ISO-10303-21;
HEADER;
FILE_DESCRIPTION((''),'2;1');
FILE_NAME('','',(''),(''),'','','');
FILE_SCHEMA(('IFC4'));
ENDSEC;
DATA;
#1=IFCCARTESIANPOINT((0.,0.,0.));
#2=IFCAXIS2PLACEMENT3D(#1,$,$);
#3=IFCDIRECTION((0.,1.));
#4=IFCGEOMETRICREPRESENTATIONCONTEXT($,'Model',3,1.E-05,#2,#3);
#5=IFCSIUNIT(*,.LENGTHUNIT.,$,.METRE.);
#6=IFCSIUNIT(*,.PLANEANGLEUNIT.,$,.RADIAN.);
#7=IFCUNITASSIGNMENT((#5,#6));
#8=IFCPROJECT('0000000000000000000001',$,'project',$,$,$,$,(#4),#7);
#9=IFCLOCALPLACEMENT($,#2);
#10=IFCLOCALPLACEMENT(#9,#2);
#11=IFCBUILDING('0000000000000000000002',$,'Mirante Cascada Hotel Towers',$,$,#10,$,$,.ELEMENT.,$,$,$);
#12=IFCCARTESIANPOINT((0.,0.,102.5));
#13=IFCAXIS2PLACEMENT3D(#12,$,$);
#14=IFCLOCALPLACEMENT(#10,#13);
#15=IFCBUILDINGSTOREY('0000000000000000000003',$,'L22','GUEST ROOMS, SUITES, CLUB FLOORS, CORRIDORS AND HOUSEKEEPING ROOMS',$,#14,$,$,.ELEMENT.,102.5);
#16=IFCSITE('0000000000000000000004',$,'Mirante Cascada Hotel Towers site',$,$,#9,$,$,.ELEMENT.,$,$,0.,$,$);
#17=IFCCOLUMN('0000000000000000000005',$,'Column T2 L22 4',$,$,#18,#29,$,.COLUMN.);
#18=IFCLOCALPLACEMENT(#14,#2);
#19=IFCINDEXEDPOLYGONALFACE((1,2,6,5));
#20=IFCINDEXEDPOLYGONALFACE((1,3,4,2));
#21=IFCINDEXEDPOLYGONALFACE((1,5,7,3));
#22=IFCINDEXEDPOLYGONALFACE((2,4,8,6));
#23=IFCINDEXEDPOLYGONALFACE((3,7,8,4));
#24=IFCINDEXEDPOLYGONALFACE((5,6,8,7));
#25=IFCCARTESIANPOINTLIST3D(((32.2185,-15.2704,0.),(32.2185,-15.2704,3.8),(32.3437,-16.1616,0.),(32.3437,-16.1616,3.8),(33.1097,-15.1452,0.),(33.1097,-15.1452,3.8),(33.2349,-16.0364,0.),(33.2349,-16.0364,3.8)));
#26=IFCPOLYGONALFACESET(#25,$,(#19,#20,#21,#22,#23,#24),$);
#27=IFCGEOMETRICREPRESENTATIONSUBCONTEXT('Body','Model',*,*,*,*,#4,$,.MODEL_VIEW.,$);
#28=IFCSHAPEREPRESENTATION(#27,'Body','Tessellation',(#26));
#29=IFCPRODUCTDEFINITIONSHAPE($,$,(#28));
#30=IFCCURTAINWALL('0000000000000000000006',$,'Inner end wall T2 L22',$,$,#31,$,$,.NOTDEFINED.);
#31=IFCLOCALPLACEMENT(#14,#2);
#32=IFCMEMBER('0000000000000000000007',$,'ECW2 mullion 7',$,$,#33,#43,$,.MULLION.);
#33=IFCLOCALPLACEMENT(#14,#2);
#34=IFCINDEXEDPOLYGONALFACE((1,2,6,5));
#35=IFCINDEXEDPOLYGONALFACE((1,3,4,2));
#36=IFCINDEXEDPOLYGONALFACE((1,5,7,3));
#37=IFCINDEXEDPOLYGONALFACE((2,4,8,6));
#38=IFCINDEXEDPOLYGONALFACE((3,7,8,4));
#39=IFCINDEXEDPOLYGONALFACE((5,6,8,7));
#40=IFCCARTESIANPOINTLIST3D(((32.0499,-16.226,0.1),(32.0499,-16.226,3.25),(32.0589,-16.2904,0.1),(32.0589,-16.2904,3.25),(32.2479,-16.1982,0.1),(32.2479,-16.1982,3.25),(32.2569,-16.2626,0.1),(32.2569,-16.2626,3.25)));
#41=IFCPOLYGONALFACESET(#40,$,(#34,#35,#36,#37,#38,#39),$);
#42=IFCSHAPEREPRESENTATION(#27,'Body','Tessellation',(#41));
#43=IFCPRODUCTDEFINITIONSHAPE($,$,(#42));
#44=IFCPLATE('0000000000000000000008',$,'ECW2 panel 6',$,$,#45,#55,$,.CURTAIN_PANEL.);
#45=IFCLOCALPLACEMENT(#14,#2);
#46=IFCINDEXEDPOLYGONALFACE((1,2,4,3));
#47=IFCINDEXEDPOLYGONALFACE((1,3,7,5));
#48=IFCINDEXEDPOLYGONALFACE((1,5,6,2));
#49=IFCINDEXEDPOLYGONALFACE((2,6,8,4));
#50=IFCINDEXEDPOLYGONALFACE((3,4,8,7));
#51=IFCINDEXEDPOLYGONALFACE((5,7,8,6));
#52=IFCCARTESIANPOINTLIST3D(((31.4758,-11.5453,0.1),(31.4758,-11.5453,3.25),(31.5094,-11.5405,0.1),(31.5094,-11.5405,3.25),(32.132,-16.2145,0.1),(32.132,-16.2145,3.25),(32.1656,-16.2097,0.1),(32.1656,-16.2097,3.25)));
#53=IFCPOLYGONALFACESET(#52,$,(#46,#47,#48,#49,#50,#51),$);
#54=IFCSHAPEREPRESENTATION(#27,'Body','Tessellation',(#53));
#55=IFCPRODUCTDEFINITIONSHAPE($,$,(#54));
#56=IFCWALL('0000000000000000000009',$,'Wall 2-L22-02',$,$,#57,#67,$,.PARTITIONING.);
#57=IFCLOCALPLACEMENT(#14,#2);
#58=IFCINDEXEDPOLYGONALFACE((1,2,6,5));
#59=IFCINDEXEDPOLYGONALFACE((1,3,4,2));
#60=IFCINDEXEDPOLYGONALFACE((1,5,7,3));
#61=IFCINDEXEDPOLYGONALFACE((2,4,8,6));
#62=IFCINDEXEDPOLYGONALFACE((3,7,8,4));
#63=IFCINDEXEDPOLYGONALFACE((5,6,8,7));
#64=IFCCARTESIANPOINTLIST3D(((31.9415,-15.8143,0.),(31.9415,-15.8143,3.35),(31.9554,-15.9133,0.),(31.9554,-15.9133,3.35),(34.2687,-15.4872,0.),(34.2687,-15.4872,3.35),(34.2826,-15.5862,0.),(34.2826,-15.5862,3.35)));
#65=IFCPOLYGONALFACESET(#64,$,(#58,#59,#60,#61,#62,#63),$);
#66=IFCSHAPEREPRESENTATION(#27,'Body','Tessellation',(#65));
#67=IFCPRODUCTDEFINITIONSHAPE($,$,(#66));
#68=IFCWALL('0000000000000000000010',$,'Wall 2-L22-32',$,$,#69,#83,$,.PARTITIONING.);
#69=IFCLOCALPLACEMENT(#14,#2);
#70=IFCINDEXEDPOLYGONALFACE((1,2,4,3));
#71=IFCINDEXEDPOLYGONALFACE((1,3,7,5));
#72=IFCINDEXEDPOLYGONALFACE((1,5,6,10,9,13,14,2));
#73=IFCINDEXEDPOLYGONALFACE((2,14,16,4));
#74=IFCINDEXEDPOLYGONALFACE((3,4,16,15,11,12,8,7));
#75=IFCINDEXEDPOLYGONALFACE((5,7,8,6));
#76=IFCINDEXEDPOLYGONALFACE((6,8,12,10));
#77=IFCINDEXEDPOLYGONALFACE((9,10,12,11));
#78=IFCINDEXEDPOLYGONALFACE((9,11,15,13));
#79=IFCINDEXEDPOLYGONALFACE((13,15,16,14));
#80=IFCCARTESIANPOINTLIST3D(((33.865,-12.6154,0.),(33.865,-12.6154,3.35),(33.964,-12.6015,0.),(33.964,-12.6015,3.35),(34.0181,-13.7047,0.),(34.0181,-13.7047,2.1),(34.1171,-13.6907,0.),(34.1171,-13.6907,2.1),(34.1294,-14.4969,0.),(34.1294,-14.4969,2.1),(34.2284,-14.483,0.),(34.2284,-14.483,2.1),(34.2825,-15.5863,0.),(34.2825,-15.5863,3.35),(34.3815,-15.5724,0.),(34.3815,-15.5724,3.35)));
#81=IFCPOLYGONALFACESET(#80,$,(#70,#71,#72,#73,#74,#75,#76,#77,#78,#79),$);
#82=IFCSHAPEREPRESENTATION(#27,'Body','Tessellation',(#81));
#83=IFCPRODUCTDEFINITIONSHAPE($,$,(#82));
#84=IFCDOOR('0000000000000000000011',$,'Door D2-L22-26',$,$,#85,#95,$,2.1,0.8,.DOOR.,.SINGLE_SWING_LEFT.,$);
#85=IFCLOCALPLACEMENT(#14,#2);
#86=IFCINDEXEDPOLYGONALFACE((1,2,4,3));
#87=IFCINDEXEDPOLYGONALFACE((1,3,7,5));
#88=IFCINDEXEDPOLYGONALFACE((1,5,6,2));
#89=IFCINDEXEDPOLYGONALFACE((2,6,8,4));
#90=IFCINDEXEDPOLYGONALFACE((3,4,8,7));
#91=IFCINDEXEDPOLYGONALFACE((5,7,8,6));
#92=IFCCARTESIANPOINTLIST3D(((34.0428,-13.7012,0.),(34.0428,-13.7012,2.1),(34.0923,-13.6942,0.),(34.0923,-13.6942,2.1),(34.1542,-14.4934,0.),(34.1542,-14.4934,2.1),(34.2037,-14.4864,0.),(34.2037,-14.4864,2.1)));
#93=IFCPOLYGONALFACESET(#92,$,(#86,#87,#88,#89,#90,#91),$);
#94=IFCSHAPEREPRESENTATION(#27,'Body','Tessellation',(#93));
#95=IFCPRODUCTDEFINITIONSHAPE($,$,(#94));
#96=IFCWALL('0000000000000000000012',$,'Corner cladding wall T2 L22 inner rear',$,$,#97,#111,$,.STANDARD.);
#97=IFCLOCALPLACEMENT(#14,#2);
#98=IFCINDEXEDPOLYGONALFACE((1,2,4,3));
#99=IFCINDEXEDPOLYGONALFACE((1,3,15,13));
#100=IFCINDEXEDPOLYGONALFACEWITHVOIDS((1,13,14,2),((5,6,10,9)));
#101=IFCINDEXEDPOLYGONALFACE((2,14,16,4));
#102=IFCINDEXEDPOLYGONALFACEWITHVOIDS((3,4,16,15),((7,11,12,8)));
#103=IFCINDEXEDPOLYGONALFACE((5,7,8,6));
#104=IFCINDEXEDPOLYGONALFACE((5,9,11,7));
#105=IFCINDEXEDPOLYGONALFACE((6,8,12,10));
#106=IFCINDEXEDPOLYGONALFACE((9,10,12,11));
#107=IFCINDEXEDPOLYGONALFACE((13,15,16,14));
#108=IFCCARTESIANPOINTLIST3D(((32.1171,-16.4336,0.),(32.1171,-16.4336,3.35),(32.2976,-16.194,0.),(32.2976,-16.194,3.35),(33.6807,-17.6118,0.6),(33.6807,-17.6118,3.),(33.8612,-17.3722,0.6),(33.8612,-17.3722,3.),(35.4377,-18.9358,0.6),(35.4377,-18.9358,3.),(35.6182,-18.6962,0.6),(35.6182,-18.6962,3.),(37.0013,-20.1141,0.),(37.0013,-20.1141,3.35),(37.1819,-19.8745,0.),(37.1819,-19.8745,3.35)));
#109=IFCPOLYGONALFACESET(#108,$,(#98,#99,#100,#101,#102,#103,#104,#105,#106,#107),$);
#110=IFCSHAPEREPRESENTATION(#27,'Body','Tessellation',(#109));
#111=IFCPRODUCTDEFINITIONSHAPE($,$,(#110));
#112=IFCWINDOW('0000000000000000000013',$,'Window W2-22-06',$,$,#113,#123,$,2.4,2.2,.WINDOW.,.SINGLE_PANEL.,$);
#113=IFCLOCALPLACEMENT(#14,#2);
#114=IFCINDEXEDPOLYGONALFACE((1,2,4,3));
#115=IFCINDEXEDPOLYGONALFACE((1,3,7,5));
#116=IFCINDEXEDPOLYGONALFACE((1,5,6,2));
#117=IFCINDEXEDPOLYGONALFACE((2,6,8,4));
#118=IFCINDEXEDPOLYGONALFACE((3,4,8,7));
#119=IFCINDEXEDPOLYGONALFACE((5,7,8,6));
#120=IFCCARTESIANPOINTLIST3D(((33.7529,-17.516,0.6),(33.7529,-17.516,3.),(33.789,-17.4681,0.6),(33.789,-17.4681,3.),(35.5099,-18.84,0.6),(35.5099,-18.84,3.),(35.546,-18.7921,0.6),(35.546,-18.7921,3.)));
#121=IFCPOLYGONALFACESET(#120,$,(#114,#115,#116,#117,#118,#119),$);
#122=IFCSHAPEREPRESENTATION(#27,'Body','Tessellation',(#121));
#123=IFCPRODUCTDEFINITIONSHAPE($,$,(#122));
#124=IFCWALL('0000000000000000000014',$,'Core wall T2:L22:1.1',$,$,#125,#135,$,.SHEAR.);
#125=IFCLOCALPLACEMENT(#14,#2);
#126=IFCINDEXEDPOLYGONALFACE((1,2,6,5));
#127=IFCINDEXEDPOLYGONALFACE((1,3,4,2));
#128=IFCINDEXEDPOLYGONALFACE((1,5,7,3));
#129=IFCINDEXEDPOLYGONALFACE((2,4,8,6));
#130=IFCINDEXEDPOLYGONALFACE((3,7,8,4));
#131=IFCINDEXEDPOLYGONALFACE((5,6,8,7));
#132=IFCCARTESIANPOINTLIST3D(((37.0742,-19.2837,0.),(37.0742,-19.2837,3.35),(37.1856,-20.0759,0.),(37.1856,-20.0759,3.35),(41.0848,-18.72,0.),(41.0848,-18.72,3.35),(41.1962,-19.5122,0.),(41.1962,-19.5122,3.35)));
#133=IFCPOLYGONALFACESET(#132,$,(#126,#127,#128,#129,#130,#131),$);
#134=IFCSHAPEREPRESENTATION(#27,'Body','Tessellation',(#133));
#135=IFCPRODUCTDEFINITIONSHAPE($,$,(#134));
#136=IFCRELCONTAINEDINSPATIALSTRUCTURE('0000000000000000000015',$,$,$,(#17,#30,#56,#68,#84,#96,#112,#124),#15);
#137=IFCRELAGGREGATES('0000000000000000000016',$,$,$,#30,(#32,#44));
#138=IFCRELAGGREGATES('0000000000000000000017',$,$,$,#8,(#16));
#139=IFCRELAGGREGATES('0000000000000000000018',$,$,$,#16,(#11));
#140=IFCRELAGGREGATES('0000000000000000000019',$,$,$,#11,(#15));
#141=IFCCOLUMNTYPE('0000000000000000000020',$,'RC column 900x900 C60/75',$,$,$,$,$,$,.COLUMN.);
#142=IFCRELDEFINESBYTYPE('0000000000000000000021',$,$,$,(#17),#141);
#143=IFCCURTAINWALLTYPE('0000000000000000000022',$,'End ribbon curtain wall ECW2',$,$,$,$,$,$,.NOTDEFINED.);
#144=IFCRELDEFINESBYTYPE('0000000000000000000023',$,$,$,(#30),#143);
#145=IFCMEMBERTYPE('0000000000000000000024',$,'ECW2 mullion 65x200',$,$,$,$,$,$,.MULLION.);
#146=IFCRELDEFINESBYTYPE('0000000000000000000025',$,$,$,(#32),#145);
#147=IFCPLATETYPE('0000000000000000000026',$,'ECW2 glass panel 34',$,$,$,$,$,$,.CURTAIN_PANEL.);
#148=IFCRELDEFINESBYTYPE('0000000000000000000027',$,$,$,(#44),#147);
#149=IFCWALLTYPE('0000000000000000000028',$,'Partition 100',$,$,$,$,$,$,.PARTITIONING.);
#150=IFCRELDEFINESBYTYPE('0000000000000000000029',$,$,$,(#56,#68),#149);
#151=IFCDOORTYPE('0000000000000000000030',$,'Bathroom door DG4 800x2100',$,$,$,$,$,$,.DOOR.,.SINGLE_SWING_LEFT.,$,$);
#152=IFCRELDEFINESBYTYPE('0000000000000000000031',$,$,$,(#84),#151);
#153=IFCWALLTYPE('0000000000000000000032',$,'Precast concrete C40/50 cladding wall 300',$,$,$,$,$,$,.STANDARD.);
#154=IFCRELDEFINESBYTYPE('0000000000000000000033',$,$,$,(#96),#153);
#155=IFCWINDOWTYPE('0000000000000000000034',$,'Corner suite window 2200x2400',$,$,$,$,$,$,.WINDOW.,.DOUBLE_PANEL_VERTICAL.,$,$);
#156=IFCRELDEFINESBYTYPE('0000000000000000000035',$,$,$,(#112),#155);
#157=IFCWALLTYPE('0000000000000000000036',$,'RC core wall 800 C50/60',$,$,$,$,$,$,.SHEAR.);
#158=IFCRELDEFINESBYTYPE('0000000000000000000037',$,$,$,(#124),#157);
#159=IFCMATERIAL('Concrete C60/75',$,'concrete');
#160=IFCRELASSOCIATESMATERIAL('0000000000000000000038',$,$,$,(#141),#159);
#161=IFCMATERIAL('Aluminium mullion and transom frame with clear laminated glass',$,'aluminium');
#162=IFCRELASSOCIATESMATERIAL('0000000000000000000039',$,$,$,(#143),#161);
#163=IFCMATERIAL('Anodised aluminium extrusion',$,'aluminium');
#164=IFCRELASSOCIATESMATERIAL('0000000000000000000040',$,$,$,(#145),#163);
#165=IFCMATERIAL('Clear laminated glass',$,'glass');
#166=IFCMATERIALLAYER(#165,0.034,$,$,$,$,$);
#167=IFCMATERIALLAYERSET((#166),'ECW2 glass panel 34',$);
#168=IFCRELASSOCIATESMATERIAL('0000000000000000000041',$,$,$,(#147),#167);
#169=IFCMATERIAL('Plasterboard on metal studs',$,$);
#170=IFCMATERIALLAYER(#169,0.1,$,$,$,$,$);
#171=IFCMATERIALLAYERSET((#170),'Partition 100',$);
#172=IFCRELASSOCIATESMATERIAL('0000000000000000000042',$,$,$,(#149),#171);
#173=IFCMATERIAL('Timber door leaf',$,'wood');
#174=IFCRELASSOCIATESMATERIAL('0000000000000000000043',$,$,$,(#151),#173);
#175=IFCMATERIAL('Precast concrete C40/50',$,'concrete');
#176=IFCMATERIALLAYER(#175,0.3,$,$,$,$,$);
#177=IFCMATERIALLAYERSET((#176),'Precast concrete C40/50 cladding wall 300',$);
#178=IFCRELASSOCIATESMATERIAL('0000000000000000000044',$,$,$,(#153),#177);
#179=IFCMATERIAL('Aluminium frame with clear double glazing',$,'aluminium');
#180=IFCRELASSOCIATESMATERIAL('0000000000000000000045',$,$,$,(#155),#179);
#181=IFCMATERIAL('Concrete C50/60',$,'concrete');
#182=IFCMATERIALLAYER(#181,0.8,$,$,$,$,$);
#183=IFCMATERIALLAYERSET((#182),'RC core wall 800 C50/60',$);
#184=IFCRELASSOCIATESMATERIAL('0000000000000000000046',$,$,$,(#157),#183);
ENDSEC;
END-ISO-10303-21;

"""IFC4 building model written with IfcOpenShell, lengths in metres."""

from ifc_helpers import new_model, si_unit, direction, frame, frame_2d, origin, origin_2d, place, context, subcontext, project, spatial, rectangle, extrude, material, layer, layer_set, material_profile, profile_set, type_object, element, fill, aggregate, save


model = new_model("IFC4")

# Units and contexts
model_context = context("Model", 3, precision=1e-05, world=origin(), true_north=direction((0.0, 1.0)))
body_context = subcontext(model_context, "Body", "Model", "MODEL_VIEW")
ifc_project = project(units=[si_unit("LENGTHUNIT", "METRE"), si_unit("PLANEANGLEUNIT", "RADIAN")], contexts=[model_context])

# Site, building, storey
site_placement = place(None, origin())
site = spatial("IfcSite", under=ifc_project, at=site_placement, Name="Mirante Cascada Hotel Towers site", CompositionType="ELEMENT", RefElevation=0.0)
building_placement = place(site_placement, origin())
building = spatial("IfcBuilding", under=site, at=building_placement, Name="Mirante Cascada Hotel Towers", CompositionType="ELEMENT")
storey_placement = place(building_placement, frame((0.0, 0.0, 102.5)))
storey = spatial("IfcBuildingStorey", under=building, at=storey_placement, Name="L22", Description="GUEST ROOMS, SUITES, CLUB FLOORS, CORRIDORS AND HOUSEKEEPING ROOMS", CompositionType="ELEMENT", Elevation=102.5)

# Column
ifc_material_1 = material(Name="Concrete C60/75", Category="concrete")
ifc_material_profile_1 = material_profile(ifc_material_1, rectangle(XDim=0.9, YDim=0.9, at=origin_2d()), Name="RC column 900x900 C60/75")
ifc_profile_set_1 = profile_set([ifc_material_profile_1], Name="Concrete C60/75")
column_type = type_object("IfcColumnType", Name="RC column 900x900 C60/75", PredefinedType="COLUMN", material=ifc_profile_set_1)
column_placement = place(storey_placement, frame((32.7267, -15.6534, 0.0), z_axis=(0.0, 0.0, 1.0), x_axis=(0.990268, 0.139173, 0.0)))
element("IfcColumn", 1, at=column_placement, inside=storey, type_object=column_type, Name="Column T2 L22 4", PredefinedType="COLUMN", context=body_context, shape_type="SweptSolid", body=[
    extrude(rectangle(XDim=0.9, YDim=0.9, at=origin_2d()), origin(), (0.0, 0.0, 1.0), 3.8),
])

# Curtain wall, member, plate
ifc_material_2 = material(Name="Aluminium mullion and transom frame with clear laminated glass", Category="aluminium")
curtain_wall_type = type_object("IfcCurtainWallType", Name="End ribbon curtain wall ECW2", PredefinedType="NOTDEFINED", material=ifc_material_2)
curtain_wall_placement = place(storey_placement, origin())
curtain_wall = element("IfcCurtainWall", 2, at=curtain_wall_placement, inside=storey, type_object=curtain_wall_type, Name="Inner end wall T2 L22", PredefinedType="NOTDEFINED")
ifc_material_3 = material(Name="Anodised aluminium extrusion", Category="aluminium")
ifc_material_profile_2 = material_profile(ifc_material_3, rectangle(XDim=0.2, YDim=0.065, at=origin_2d()), Name="ECW2 MULLION 65x200")
ifc_profile_set_2 = profile_set([ifc_material_profile_2], Name="Anodised aluminium extrusion")
member_type = type_object("IfcMemberType", Name="ECW2 mullion 65x200", PredefinedType="MULLION", material=ifc_profile_set_2)
member_placement = place(storey_placement, frame((32.1534, -16.2443, 0.1), z_axis=(0.0, 0.0, 1.0), x_axis=(0.990268, 0.139173, 0.0)))
member = element("IfcMember", 3, at=member_placement, type_object=member_type, Name="ECW2 mullion 7", PredefinedType="MULLION", context=body_context, shape_type="SweptSolid", body=[
    extrude(rectangle(XDim=0.2, YDim=0.065, at=origin_2d()), origin(), (0.0, 0.0, 1.0), 3.15),
])
ifc_material_4 = material(Name="Clear laminated glass", Category="glass")
ifc_layer_1 = layer(ifc_material_4, 0.034)
ifc_layer_set_1 = layer_set([ifc_layer_1], Name="ECW2 glass panel 34")
plate_type = type_object("IfcPlateType", Name="ECW2 glass panel 34", PredefinedType="CURTAIN_PANEL", material=ifc_layer_set_1)
plate_placement = place(storey_placement, frame((31.8207, -13.8775, 0.1), z_axis=(0.0, 0.0, 1.0), x_axis=(0.139173, -0.990268, 0.0)))
plate = element("IfcPlate", 4, at=plate_placement, type_object=plate_type, Name="ECW2 panel 6", PredefinedType="CURTAIN_PANEL", context=body_context, shape_type="SweptSolid", body=[
    extrude(rectangle(XDim=4.7151, YDim=0.034, at=origin_2d()), origin(), (0.0, 0.0, 1.0), 3.15),
])
aggregate(curtain_wall, [member, plate])

# Wall
ifc_material_5 = material(Name="Plasterboard on metal studs")
ifc_layer_2 = layer(ifc_material_5, 0.1)
ifc_layer_set_2 = layer_set([ifc_layer_2], Name="Partition 100")
wall_type_1 = type_object("IfcWallType", Name="Partition 100", PredefinedType="PARTITIONING", material=ifc_layer_set_2)
wall_1_placement = place(storey_placement, frame((34.2756, -15.5367, 0.0), z_axis=(0.0, 0.0, 1.0), x_axis=(-0.990266, -0.139187, 0.0)))
element("IfcWall", 5, at=wall_1_placement, inside=storey, type_object=wall_type_1, Name="Wall 2-L22-02", PredefinedType="PARTITIONING", context=body_context, shape_type="SweptSolid", body=[
    extrude(rectangle(XDim=2.3501, YDim=0.1, at=frame_2d((1.175, 0.0))), origin(), (0.0, 0.0, 1.0), 3.35),
])

# Wall, opening, door
wall_2_placement = place(storey_placement, frame((33.9145, -12.6084, 0.0), z_axis=(0.0, 0.0, 1.0), x_axis=(0.139162, -0.99027, 0.0)))
wall_2 = element("IfcWall", 6, at=wall_2_placement, inside=storey, type_object=wall_type_1, Name="Wall 2-L22-32", PredefinedType="PARTITIONING", context=body_context, shape_type="SweptSolid", body=[
    extrude(rectangle(XDim=3.0001, YDim=0.1, at=frame_2d((1.5001, 0.0))), origin(), (0.0, 0.0, 1.0), 3.35),
])
opening_1_placement = place(wall_2_placement, frame((1.1, 0.0, 0.0)))
opening_1 = element("IfcOpeningElement", 7, at=opening_1_placement, cuts=wall_2, PredefinedType="OPENING", context=body_context, shape_type="SweptSolid", body=[
    extrude(rectangle(XDim=0.8, YDim=2.1, at=frame_2d((0.4, 1.05))), frame((0.0, 0.05, 0.0), z_axis=(0.0, -1.0, 0.0), x_axis=(1.0, 0.0, 0.0)), (0.0, 0.0, 1.0), 0.1),
])
ifc_material_6 = material(Name="Timber door leaf", Category="wood")
door_type = type_object("IfcDoorType", Name="Bathroom door DG4 800x2100", OperationType="SINGLE_SWING_LEFT", PredefinedType="DOOR", material=ifc_material_6)
door_placement = place(opening_1_placement, origin())
door = element("IfcDoor", 8, at=door_placement, inside=storey, type_object=door_type, Name="Door D2-L22-26", OperationType="SINGLE_SWING_LEFT", OverallHeight=2.1, OverallWidth=0.8, PredefinedType="DOOR", context=body_context, shape_type="SweptSolid", body=[
    extrude(rectangle(XDim=0.8, YDim=2.1, at=frame_2d((0.4, 1.05))), frame((0.0, 0.025, 0.0), z_axis=(0.0, -1.0, 0.0), x_axis=(1.0, 0.0, 0.0)), (0.0, 0.0, 1.0), 0.05),
])
fill(opening_1, door)

# Wall, opening, window
ifc_material_7 = material(Name="Precast concrete C40/50", Category="concrete")
ifc_layer_3 = layer(ifc_material_7, 0.3)
ifc_layer_set_3 = layer_set([ifc_layer_3], Name="Precast concrete C40/50 cladding wall 300")
wall_type_2 = type_object("IfcWallType", Name="Precast concrete C40/50 cladding wall 300", PredefinedType="STANDARD", material=ifc_layer_set_3)
wall_3_placement = place(storey_placement, frame((32.2074, -16.3138, 0.0), z_axis=(0.0, 0.0, 1.0), x_axis=(0.798636, -0.601814, 0.0)))
wall_3 = element("IfcWall", 9, at=wall_3_placement, inside=storey, type_object=wall_type_2, Name="Corner cladding wall T2 L22 inner rear", PredefinedType="STANDARD", context=body_context, shape_type="SweptSolid", body=[
    extrude(rectangle(XDim=6.1157, YDim=0.3, at=frame_2d((3.0578, 0.0))), origin(), (0.0, 0.0, 1.0), 3.35),
])
opening_2_placement = place(wall_3_placement, frame((1.9578, 0.0, 0.6)))
opening_2 = element("IfcOpeningElement", 10, at=opening_2_placement, cuts=wall_3, PredefinedType="OPENING", context=body_context, shape_type="SweptSolid", body=[
    extrude(rectangle(XDim=2.2, YDim=2.4, at=frame_2d((1.1, 1.2))), frame((0.0, 0.15, 0.0), z_axis=(0.0, -1.0, 0.0), x_axis=(1.0, 0.0, 0.0)), (0.0, 0.0, 1.0), 0.3),
])
ifc_material_8 = material(Name="Aluminium frame with clear double glazing", Category="aluminium")
window_type = type_object("IfcWindowType", Name="Corner suite window 2200x2400", PartitioningType="DOUBLE_PANEL_VERTICAL", PredefinedType="WINDOW", material=ifc_material_8)
window_placement = place(opening_2_placement, origin())
window = element("IfcWindow", 11, at=window_placement, inside=storey, type_object=window_type, Name="Window W2-22-06", OverallHeight=2.4, OverallWidth=2.2, PartitioningType="SINGLE_PANEL", PredefinedType="WINDOW", context=body_context, shape_type="SweptSolid", body=[
    extrude(rectangle(XDim=2.2, YDim=2.4, at=frame_2d((1.1, 1.2))), frame((0.0, 0.03, 0.0), z_axis=(0.0, -1.0, 0.0), x_axis=(1.0, 0.0, 0.0)), (0.0, 0.0, 1.0), 0.06),
])
fill(opening_2, window)

# Wall
ifc_material_9 = material(Name="Concrete C50/60", Category="concrete")
ifc_layer_4 = layer(ifc_material_9, 0.8)
ifc_layer_set_4 = layer_set([ifc_layer_4], Name="RC core wall 800 C50/60")
wall_type_3 = type_object("IfcWallType", Name="RC core wall 800 C50/60", PredefinedType="SHEAR", material=ifc_layer_set_4)
wall_4_placement = place(storey_placement, frame((37.1299, -19.6798, 0.0), z_axis=(0.0, 0.0, 1.0), x_axis=(0.990267, 0.139184, 0.0)))
element("IfcWall", 12, at=wall_4_placement, inside=storey, type_object=wall_type_3, Name="Core wall T2:L22:1.1", PredefinedType="SHEAR", context=body_context, shape_type="SweptSolid", body=[
    extrude(rectangle(XDim=4.05, YDim=0.8, at=frame_2d((2.025, 0.0))), origin(), (0.0, 0.0, 1.0), 3.35),
])

save(model, "model.ifc")
